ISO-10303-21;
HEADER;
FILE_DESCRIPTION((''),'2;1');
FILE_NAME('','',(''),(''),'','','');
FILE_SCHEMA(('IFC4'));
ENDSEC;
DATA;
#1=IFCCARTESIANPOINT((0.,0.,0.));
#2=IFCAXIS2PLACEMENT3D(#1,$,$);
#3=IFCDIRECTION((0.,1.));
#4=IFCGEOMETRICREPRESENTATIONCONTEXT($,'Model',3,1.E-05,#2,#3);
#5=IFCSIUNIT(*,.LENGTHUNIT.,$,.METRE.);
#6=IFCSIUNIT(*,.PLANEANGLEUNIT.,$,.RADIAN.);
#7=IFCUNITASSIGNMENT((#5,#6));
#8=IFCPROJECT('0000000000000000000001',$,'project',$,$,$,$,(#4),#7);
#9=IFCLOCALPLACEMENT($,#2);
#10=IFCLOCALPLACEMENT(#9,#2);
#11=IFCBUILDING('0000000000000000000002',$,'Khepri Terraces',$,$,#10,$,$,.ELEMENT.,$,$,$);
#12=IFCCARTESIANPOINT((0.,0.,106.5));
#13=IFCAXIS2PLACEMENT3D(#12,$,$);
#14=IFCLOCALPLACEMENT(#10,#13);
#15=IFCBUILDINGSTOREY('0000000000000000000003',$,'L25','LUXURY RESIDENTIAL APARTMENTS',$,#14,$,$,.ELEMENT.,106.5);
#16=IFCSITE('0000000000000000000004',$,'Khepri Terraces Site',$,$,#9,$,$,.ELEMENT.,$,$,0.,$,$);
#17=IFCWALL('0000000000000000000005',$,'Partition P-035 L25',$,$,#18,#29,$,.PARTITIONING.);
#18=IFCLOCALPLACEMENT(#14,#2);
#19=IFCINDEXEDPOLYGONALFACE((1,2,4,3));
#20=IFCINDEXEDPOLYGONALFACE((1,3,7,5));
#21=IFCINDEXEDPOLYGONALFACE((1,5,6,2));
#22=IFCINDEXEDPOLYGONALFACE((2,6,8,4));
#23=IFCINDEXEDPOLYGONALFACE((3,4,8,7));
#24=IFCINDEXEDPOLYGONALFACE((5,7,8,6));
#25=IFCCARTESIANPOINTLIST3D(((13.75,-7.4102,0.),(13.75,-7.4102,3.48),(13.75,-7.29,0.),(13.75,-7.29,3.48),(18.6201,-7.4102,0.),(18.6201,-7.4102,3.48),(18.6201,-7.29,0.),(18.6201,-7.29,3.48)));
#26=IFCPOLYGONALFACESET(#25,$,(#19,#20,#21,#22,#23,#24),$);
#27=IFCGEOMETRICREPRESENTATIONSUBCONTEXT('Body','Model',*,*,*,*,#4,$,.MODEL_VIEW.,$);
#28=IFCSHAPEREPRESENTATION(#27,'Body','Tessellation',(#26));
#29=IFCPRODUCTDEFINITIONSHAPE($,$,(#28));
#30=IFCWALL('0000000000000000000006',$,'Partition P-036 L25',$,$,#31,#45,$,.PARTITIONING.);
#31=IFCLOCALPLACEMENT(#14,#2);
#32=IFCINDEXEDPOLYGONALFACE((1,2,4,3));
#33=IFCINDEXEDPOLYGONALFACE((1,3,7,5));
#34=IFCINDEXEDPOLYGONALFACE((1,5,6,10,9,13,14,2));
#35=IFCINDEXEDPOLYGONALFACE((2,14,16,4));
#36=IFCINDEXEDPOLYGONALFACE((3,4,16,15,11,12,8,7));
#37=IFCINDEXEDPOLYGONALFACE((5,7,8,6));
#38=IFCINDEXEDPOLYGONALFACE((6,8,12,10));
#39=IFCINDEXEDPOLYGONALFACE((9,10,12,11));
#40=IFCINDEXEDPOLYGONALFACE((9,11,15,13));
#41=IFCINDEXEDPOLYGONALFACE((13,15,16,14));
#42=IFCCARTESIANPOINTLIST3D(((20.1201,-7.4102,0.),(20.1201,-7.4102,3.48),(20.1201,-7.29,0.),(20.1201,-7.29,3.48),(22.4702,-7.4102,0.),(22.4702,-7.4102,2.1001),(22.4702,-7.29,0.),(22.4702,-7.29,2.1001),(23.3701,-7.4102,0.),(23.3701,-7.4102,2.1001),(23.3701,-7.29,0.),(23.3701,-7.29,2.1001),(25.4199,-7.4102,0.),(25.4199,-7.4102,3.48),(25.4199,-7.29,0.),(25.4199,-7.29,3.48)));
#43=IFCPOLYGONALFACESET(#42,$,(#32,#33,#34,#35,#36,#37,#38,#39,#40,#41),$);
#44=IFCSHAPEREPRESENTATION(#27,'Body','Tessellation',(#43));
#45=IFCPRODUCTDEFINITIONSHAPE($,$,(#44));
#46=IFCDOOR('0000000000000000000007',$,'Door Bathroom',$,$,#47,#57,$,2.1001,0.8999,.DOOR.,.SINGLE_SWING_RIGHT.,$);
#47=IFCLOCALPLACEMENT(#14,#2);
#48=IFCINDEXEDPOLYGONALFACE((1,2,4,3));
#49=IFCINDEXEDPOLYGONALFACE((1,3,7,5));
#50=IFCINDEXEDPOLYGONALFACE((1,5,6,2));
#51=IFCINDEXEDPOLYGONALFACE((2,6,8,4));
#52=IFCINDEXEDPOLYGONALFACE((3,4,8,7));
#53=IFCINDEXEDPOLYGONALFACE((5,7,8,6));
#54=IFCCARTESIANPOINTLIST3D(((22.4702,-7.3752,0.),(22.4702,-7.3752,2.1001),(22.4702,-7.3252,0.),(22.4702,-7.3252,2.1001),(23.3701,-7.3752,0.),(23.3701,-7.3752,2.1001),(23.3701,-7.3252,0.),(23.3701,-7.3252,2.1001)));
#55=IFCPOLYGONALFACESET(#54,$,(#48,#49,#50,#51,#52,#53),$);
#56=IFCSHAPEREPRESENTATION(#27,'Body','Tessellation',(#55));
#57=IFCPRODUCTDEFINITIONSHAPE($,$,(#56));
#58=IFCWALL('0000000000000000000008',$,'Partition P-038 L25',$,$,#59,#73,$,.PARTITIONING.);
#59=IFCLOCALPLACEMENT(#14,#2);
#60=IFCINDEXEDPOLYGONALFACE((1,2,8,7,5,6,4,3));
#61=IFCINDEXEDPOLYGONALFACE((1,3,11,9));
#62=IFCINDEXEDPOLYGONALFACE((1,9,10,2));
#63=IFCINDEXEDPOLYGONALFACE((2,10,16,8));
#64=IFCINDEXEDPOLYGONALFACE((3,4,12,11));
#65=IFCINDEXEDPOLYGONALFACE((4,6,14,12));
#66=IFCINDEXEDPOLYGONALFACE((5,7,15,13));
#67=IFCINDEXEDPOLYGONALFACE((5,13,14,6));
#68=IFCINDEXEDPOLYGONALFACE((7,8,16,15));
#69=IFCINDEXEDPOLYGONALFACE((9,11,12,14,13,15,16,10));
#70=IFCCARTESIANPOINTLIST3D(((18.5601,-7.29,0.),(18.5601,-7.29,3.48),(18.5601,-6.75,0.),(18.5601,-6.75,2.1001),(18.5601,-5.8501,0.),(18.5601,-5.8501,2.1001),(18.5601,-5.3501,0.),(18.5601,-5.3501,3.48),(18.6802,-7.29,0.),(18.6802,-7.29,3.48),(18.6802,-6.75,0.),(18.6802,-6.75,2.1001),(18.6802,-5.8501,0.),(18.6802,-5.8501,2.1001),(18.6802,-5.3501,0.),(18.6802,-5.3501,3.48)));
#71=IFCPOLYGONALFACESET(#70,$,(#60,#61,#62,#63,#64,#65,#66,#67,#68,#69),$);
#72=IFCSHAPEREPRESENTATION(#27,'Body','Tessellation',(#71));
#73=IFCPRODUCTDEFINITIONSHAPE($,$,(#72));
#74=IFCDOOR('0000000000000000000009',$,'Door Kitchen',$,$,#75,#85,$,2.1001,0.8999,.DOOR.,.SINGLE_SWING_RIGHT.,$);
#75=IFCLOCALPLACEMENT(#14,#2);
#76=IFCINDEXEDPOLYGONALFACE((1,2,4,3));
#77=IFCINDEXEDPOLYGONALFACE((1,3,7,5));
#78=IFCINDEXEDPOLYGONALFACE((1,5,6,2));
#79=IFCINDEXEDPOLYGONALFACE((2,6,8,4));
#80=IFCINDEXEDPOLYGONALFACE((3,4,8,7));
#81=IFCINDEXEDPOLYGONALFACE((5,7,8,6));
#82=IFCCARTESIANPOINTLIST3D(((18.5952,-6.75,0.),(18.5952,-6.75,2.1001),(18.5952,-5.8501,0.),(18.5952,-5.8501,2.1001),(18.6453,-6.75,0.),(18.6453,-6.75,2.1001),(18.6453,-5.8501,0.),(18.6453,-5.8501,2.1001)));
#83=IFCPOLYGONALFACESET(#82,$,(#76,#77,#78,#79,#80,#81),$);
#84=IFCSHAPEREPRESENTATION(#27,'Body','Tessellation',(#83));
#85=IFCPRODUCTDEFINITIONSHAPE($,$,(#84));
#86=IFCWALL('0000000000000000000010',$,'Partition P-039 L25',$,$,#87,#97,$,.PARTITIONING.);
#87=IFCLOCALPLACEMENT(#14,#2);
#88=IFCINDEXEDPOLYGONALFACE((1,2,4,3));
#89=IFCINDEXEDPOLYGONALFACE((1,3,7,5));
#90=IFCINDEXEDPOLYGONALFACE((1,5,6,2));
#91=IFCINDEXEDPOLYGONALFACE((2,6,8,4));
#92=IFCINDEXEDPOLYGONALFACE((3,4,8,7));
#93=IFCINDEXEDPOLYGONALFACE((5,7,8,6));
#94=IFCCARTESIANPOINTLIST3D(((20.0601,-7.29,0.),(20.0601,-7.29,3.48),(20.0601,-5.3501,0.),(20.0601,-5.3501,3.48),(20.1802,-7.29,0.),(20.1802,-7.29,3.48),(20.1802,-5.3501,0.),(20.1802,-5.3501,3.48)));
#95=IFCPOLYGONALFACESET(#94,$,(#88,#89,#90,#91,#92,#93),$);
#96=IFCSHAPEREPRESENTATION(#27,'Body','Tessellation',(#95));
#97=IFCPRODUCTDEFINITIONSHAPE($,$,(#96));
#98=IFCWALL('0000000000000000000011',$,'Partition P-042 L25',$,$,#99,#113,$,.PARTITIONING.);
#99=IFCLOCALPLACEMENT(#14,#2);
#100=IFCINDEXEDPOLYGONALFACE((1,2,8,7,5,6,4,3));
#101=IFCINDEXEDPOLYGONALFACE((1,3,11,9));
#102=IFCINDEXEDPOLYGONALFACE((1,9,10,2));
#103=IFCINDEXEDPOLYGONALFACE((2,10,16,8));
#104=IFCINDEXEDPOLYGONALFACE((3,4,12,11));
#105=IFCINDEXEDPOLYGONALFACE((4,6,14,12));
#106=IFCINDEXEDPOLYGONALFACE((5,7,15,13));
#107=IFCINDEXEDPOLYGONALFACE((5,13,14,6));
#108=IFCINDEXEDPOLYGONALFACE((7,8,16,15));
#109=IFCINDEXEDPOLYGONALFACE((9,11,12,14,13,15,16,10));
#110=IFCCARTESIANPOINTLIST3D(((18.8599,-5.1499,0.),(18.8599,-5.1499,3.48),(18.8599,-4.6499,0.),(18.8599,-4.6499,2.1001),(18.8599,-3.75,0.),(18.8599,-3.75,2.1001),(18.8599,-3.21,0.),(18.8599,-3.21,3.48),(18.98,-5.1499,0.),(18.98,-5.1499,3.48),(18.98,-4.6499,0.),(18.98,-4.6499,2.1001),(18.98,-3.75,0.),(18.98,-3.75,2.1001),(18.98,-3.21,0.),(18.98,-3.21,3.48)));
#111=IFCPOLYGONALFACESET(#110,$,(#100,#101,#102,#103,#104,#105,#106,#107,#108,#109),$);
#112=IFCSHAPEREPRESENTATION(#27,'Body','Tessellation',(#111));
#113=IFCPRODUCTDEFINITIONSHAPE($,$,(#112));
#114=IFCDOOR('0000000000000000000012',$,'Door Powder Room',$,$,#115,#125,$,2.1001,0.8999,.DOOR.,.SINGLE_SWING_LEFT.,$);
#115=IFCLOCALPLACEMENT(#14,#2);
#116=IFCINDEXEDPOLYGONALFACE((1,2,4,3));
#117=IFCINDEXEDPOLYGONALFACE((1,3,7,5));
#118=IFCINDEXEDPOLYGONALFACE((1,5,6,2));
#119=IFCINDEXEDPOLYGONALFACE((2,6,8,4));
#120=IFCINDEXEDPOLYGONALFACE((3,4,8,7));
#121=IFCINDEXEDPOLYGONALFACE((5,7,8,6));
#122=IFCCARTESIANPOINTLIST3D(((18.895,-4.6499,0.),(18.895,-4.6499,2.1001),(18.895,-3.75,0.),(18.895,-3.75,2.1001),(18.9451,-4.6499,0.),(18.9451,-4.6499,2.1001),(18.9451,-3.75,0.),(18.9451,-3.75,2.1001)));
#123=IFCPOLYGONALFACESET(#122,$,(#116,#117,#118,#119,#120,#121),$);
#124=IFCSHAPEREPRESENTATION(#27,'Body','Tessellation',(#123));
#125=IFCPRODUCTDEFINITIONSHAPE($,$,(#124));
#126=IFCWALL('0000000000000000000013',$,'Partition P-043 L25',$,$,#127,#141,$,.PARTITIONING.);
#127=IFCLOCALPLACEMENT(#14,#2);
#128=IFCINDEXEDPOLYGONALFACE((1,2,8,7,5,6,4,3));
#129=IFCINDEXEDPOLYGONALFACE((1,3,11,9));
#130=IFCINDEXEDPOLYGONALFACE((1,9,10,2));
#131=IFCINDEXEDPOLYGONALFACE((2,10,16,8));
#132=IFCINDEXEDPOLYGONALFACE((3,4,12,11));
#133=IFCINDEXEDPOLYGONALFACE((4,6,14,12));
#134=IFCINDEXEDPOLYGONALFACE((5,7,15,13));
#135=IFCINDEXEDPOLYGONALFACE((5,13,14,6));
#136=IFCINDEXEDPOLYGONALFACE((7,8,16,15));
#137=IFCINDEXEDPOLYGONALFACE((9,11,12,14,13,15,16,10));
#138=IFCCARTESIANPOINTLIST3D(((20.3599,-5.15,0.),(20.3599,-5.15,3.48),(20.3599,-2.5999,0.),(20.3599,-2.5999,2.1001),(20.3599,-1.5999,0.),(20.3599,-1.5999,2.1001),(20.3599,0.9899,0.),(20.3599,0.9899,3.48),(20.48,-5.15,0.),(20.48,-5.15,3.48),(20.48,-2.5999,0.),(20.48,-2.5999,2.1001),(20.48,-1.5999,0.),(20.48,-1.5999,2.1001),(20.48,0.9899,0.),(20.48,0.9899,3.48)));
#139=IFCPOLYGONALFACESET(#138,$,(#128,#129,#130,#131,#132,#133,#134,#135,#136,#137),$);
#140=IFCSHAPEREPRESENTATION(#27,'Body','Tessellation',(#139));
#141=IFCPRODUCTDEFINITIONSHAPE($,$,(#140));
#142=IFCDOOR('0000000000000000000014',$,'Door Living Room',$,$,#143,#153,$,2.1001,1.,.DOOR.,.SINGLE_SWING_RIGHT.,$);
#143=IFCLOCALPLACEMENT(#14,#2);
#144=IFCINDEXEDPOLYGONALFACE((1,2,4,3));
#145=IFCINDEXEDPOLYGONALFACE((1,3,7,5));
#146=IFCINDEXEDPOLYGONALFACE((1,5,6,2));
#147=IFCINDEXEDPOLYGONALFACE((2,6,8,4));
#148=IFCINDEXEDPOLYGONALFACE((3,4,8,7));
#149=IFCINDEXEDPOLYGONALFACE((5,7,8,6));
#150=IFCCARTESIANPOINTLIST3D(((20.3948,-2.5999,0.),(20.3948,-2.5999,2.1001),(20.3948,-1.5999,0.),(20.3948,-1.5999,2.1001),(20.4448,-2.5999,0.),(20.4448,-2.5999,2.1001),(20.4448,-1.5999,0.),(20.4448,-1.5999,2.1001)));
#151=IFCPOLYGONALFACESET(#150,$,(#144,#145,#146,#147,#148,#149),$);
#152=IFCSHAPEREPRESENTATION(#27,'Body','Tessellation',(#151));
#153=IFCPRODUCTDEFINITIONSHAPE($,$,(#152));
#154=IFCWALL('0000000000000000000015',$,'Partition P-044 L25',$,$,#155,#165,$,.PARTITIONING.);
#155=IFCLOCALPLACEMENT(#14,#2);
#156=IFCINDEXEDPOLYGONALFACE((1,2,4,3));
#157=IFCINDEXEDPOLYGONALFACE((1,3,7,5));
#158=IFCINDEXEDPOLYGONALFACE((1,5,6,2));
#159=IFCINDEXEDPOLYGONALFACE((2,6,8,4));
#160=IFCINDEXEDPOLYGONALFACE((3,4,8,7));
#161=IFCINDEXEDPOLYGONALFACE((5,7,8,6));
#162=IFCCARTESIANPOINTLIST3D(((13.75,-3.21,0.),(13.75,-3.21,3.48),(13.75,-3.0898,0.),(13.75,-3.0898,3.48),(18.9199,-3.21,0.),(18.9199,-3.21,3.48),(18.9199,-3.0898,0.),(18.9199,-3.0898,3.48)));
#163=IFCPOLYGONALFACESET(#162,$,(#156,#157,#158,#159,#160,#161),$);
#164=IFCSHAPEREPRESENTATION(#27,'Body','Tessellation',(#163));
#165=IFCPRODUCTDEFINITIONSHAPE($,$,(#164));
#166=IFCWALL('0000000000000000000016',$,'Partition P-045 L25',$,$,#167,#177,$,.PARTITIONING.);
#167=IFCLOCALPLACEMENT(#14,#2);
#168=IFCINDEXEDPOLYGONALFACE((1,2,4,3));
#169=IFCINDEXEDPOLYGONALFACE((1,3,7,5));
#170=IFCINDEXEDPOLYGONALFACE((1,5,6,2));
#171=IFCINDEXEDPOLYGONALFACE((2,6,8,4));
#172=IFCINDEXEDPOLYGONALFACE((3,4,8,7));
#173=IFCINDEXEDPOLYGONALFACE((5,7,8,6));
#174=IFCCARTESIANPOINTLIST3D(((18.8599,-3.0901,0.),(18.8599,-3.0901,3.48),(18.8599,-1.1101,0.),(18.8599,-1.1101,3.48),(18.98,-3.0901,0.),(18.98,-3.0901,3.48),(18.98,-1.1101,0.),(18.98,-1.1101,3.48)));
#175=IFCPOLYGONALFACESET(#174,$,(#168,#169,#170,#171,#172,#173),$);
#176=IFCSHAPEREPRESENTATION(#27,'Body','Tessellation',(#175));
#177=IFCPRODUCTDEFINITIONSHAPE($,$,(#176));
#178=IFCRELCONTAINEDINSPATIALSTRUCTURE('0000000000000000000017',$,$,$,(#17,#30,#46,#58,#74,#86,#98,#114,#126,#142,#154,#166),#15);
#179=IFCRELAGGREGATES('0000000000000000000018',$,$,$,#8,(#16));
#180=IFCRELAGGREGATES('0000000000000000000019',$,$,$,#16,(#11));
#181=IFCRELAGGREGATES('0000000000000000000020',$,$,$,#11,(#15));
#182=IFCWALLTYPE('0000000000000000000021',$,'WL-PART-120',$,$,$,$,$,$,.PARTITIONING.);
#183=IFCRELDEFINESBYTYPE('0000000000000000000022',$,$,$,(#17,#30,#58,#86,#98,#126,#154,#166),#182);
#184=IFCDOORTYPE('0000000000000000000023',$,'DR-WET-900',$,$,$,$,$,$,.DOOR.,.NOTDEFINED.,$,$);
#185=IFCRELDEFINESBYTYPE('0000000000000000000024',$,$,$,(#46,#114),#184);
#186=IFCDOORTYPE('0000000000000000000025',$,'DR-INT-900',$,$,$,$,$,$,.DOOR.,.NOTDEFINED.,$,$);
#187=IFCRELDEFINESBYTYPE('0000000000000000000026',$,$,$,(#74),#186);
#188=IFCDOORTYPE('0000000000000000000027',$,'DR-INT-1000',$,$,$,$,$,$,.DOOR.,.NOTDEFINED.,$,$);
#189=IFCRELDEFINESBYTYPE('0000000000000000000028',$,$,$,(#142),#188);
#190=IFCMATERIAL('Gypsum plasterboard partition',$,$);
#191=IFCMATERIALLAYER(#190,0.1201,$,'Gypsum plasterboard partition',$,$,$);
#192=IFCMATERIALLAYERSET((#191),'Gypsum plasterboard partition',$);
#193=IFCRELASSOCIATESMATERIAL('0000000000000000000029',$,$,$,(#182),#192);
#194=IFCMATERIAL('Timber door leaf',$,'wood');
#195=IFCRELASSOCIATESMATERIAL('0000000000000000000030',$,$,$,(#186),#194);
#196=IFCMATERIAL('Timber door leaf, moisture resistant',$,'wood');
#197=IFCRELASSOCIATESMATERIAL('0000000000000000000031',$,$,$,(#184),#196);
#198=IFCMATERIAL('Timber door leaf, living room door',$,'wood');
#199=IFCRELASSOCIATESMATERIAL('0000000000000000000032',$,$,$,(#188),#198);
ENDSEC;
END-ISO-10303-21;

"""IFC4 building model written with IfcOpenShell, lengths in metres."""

from ifc_helpers import new_model, si_unit, direction, frame, frame_2d, origin, place, context, subcontext, project, spatial, rectangle, extrude, material, layer, layer_set, type_object, element, fill, save


model = new_model("IFC4")

# Units and contexts
model_context = context("Model", 3, precision=1e-05, world=origin(), true_north=direction((0.0, 1.0)))
body_context = subcontext(model_context, "Body", "Model", "MODEL_VIEW")
ifc_project = project(units=[si_unit("LENGTHUNIT", "METRE"), si_unit("PLANEANGLEUNIT", "RADIAN")], contexts=[model_context])

# Site, building, storey
site_placement = place(None, origin())
site = spatial("IfcSite", under=ifc_project, at=site_placement, Name="Khepri Terraces Site", CompositionType="ELEMENT", RefElevation=0.0)
building_placement = place(site_placement, origin())
building = spatial("IfcBuilding", under=site, at=building_placement, Name="Khepri Terraces", CompositionType="ELEMENT")
storey_placement = place(building_placement, frame((0.0, 0.0, 106.5)))
storey = spatial("IfcBuildingStorey", under=building, at=storey_placement, Name="L25", Description="LUXURY RESIDENTIAL APARTMENTS", CompositionType="ELEMENT", Elevation=106.5)

# Shared definitions
ifc_material_1 = material(Name="Gypsum plasterboard partition")
ifc_layer_1 = layer(ifc_material_1, 0.1201, Name="Gypsum plasterboard partition")
ifc_layer_set_1 = layer_set([ifc_layer_1], Name="Gypsum plasterboard partition")
wall_type_1 = type_object("IfcWallType", Name="WL-PART-120", PredefinedType="PARTITIONING", material=ifc_layer_set_1)
ifc_material_2 = material(Name="Timber door leaf", Category="wood")
door_type_1 = type_object("IfcDoorType", Name="DR-INT-900", OperationType="NOTDEFINED", PredefinedType="DOOR", material=ifc_material_2)
ifc_material_3 = material(Name="Timber door leaf, moisture resistant", Category="wood")
door_type_2 = type_object("IfcDoorType", Name="DR-WET-900", OperationType="NOTDEFINED", PredefinedType="DOOR", material=ifc_material_3)

# Wall
wall_1_placement = place(storey_placement, frame((13.75, -7.3501, 0.0), z_axis=(0.0, 0.0, 1.0), x_axis=(1.0, 0.0, 0.0)))
element("IfcWall", 1, at=wall_1_placement, inside=storey, type_object=wall_type_1, Name="Partition P-035 L25", PredefinedType="PARTITIONING", context=body_context, shape_type="SweptSolid", body=[
    extrude(rectangle(XDim=4.8701, YDim=0.1201, at=frame_2d((2.4351, 0.0))), origin(), (0.0, 0.0, 1.0), 3.48),
])

# Walls, openings, doors
wall_2_placement = place(storey_placement, frame((20.1201, -7.3501, 0.0), z_axis=(0.0, 0.0, 1.0), x_axis=(1.0, 0.0, 0.0)))
wall_2 = element("IfcWall", 2, at=wall_2_placement, inside=storey, type_object=wall_type_1, Name="Partition P-036 L25", PredefinedType="PARTITIONING", context=body_context, shape_type="SweptSolid", body=[
    extrude(rectangle(XDim=5.2998, YDim=0.1201, at=frame_2d((2.6499, 0.0))), origin(), (0.0, 0.0, 1.0), 3.48),
])
opening_1_placement = place(wall_2_placement, frame((2.3501, 0.0, 0.0)))
opening_1 = element("IfcOpeningElement", 3, at=opening_1_placement, cuts=wall_2, PredefinedType="OPENING", context=body_context, shape_type="SweptSolid", body=[
    extrude(rectangle(XDim=0.8999, YDim=2.1001, at=frame_2d((0.45, 1.05))), frame((0.0, 0.0701, 0.0), z_axis=(0.0, -1.0, 0.0), x_axis=(1.0, 0.0, 0.0)), (0.0, 0.0, 1.0), 0.1401),
])
door_1_placement = place(opening_1_placement, origin())
door_1 = element("IfcDoor", 4, at=door_1_placement, inside=storey, type_object=door_type_2, Name="Door Bathroom", OperationType="SINGLE_SWING_RIGHT", OverallHeight=2.1001, OverallWidth=0.8999, PredefinedType="DOOR", context=body_context, shape_type="SweptSolid", body=[
    extrude(rectangle(XDim=0.8999, YDim=2.1001, at=frame_2d((0.45, 1.05))), frame((0.0, 0.0249, 0.0), z_axis=(0.0, -1.0, 0.0), x_axis=(1.0, 0.0, 0.0)), (0.0, 0.0, 1.0), 0.05),
])
fill(opening_1, door_1)
wall_3_placement = place(storey_placement, frame((18.6201, -7.29, 0.0), z_axis=(0.0, 0.0, 1.0), x_axis=(0.0, 1.0, 0.0)))
wall_3 = element("IfcWall", 5, at=wall_3_placement, inside=storey, type_object=wall_type_1, Name="Partition P-038 L25", PredefinedType="PARTITIONING", context=body_context, shape_type="SweptSolid", body=[
    extrude(rectangle(XDim=1.9399, YDim=0.1201, at=frame_2d((0.97, 0.0))), origin(), (0.0, 0.0, 1.0), 3.48),
])
opening_2_placement = place(wall_3_placement, frame((0.54, 0.0, 0.0)))
opening_2 = element("IfcOpeningElement", 6, at=opening_2_placement, cuts=wall_3, PredefinedType="OPENING", context=body_context, shape_type="SweptSolid", body=[
    extrude(rectangle(XDim=0.8999, YDim=2.1001, at=frame_2d((0.45, 1.05))), frame((0.0, 0.0701, 0.0), z_axis=(0.0, -1.0, 0.0), x_axis=(1.0, 0.0, 0.0)), (0.0, 0.0, 1.0), 0.1401),
])
door_2_placement = place(opening_2_placement, origin())
door_2 = element("IfcDoor", 7, at=door_2_placement, inside=storey, type_object=door_type_1, Name="Door Kitchen", OperationType="SINGLE_SWING_RIGHT", OverallHeight=2.1001, OverallWidth=0.8999, PredefinedType="DOOR", context=body_context, shape_type="SweptSolid", body=[
    extrude(rectangle(XDim=0.8999, YDim=2.1001, at=frame_2d((0.45, 1.05))), frame((0.0, 0.0249, 0.0), z_axis=(0.0, -1.0, 0.0), x_axis=(1.0, 0.0, 0.0)), (0.0, 0.0, 1.0), 0.05),
])
fill(opening_2, door_2)

# Wall
wall_4_placement = place(storey_placement, frame((20.1201, -7.29, 0.0), z_axis=(0.0, 0.0, 1.0), x_axis=(0.0, 1.0, 0.0)))
element("IfcWall", 8, at=wall_4_placement, inside=storey, type_object=wall_type_1, Name="Partition P-039 L25", PredefinedType="PARTITIONING", context=body_context, shape_type="SweptSolid", body=[
    extrude(rectangle(XDim=1.9399, YDim=0.1201, at=frame_2d((0.97, 0.0))), origin(), (0.0, 0.0, 1.0), 3.48),
])

# Walls, openings, doors
wall_5_placement = place(storey_placement, frame((18.9199, -5.1499, 0.0), z_axis=(0.0, 0.0, 1.0), x_axis=(0.0, 1.0, 0.0)))
wall_5 = element("IfcWall", 9, at=wall_5_placement, inside=storey, type_object=wall_type_1, Name="Partition P-042 L25", PredefinedType="PARTITIONING", context=body_context, shape_type="SweptSolid", body=[
    extrude(rectangle(XDim=1.9399, YDim=0.1201, at=frame_2d((0.97, 0.0))), origin(), (0.0, 0.0, 1.0), 3.48),
])
opening_3_placement = place(wall_5_placement, frame((0.5, 0.0, 0.0)))
opening_3 = element("IfcOpeningElement", 10, at=opening_3_placement, cuts=wall_5, PredefinedType="OPENING", context=body_context, shape_type="SweptSolid", body=[
    extrude(rectangle(XDim=0.8999, YDim=2.1001, at=frame_2d((0.45, 1.05))), frame((0.0, 0.0701, 0.0), z_axis=(0.0, -1.0, 0.0), x_axis=(1.0, 0.0, 0.0)), (0.0, 0.0, 1.0), 0.1401),
])
door_3_placement = place(opening_3_placement, origin())
door_3 = element("IfcDoor", 11, at=door_3_placement, inside=storey, type_object=door_type_2, Name="Door Powder Room", OperationType="SINGLE_SWING_LEFT", OverallHeight=2.1001, OverallWidth=0.8999, PredefinedType="DOOR", context=body_context, shape_type="SweptSolid", body=[
    extrude(rectangle(XDim=0.8999, YDim=2.1001, at=frame_2d((0.45, 1.05))), frame((0.0, 0.0249, 0.0), z_axis=(0.0, -1.0, 0.0), x_axis=(1.0, 0.0, 0.0)), (0.0, 0.0, 1.0), 0.05),
])
fill(opening_3, door_3)
wall_6_placement = place(storey_placement, frame((20.4199, -5.1499, 0.0), z_axis=(0.0, 0.0, 1.0), x_axis=(0.0, 1.0, 0.0)))
wall_6 = element("IfcWall", 12, at=wall_6_placement, inside=storey, type_object=wall_type_1, Name="Partition P-043 L25", PredefinedType="PARTITIONING", context=body_context, shape_type="SweptSolid", body=[
    extrude(rectangle(XDim=6.1399, YDim=0.1201, at=frame_2d((3.0698, 0.0))), origin(), (0.0, 0.0, 1.0), 3.48),
])
opening_4_placement = place(wall_6_placement, frame((2.55, 0.0, 0.0)))
opening_4 = element("IfcOpeningElement", 13, at=opening_4_placement, cuts=wall_6, PredefinedType="OPENING", context=body_context, shape_type="SweptSolid", body=[
    extrude(rectangle(XDim=1.0, YDim=2.1001, at=frame_2d((0.5, 1.05))), frame((0.0, 0.0701, 0.0), z_axis=(0.0, -1.0, 0.0), x_axis=(1.0, 0.0, 0.0)), (0.0, 0.0, 1.0), 0.1401),
])
ifc_material_4 = material(Name="Timber door leaf, living room door", Category="wood")
door_type_3 = type_object("IfcDoorType", Name="DR-INT-1000", OperationType="NOTDEFINED", PredefinedType="DOOR", material=ifc_material_4)
door_4_placement = place(opening_4_placement, frame((1.0, 0.0, 0.0), z_axis=(0.0, 0.0, 1.0), x_axis=(-1.0, 0.0, 0.0)))
door_4 = element("IfcDoor", 14, at=door_4_placement, inside=storey, type_object=door_type_3, Name="Door Living Room", OperationType="SINGLE_SWING_RIGHT", OverallHeight=2.1001, OverallWidth=1.0, PredefinedType="DOOR", context=body_context, shape_type="SweptSolid", body=[
    extrude(rectangle(XDim=1.0, YDim=2.1001, at=frame_2d((0.5, 1.05))), frame((0.0, 0.0249, 0.0), z_axis=(0.0, -1.0, 0.0), x_axis=(1.0, 0.0, 0.0)), (0.0, 0.0, 1.0), 0.05),
])
fill(opening_4, door_4)

# Walls
wall_7_placement = place(storey_placement, frame((13.75, -3.1499, 0.0), z_axis=(0.0, 0.0, 1.0), x_axis=(1.0, 0.0, 0.0)))
element("IfcWall", 15, at=wall_7_placement, inside=storey, type_object=wall_type_1, Name="Partition P-044 L25", PredefinedType="PARTITIONING", context=body_context, shape_type="SweptSolid", body=[
    extrude(rectangle(XDim=5.1699, YDim=0.1201, at=frame_2d((2.585, 0.0))), origin(), (0.0, 0.0, 1.0), 3.48),
])
wall_8_placement = place(storey_placement, frame((18.9199, -3.0901, 0.0), z_axis=(0.0, 0.0, 1.0), x_axis=(0.0, 1.0, 0.0)))
element("IfcWall", 16, at=wall_8_placement, inside=storey, type_object=wall_type_1, Name="Partition P-045 L25", PredefinedType="PARTITIONING", context=body_context, shape_type="SweptSolid", body=[
    extrude(rectangle(XDim=1.98, YDim=0.1201, at=frame_2d((0.99, 0.0))), origin(), (0.0, 0.0, 1.0), 3.48),
])

save(model, "model.ifc")
